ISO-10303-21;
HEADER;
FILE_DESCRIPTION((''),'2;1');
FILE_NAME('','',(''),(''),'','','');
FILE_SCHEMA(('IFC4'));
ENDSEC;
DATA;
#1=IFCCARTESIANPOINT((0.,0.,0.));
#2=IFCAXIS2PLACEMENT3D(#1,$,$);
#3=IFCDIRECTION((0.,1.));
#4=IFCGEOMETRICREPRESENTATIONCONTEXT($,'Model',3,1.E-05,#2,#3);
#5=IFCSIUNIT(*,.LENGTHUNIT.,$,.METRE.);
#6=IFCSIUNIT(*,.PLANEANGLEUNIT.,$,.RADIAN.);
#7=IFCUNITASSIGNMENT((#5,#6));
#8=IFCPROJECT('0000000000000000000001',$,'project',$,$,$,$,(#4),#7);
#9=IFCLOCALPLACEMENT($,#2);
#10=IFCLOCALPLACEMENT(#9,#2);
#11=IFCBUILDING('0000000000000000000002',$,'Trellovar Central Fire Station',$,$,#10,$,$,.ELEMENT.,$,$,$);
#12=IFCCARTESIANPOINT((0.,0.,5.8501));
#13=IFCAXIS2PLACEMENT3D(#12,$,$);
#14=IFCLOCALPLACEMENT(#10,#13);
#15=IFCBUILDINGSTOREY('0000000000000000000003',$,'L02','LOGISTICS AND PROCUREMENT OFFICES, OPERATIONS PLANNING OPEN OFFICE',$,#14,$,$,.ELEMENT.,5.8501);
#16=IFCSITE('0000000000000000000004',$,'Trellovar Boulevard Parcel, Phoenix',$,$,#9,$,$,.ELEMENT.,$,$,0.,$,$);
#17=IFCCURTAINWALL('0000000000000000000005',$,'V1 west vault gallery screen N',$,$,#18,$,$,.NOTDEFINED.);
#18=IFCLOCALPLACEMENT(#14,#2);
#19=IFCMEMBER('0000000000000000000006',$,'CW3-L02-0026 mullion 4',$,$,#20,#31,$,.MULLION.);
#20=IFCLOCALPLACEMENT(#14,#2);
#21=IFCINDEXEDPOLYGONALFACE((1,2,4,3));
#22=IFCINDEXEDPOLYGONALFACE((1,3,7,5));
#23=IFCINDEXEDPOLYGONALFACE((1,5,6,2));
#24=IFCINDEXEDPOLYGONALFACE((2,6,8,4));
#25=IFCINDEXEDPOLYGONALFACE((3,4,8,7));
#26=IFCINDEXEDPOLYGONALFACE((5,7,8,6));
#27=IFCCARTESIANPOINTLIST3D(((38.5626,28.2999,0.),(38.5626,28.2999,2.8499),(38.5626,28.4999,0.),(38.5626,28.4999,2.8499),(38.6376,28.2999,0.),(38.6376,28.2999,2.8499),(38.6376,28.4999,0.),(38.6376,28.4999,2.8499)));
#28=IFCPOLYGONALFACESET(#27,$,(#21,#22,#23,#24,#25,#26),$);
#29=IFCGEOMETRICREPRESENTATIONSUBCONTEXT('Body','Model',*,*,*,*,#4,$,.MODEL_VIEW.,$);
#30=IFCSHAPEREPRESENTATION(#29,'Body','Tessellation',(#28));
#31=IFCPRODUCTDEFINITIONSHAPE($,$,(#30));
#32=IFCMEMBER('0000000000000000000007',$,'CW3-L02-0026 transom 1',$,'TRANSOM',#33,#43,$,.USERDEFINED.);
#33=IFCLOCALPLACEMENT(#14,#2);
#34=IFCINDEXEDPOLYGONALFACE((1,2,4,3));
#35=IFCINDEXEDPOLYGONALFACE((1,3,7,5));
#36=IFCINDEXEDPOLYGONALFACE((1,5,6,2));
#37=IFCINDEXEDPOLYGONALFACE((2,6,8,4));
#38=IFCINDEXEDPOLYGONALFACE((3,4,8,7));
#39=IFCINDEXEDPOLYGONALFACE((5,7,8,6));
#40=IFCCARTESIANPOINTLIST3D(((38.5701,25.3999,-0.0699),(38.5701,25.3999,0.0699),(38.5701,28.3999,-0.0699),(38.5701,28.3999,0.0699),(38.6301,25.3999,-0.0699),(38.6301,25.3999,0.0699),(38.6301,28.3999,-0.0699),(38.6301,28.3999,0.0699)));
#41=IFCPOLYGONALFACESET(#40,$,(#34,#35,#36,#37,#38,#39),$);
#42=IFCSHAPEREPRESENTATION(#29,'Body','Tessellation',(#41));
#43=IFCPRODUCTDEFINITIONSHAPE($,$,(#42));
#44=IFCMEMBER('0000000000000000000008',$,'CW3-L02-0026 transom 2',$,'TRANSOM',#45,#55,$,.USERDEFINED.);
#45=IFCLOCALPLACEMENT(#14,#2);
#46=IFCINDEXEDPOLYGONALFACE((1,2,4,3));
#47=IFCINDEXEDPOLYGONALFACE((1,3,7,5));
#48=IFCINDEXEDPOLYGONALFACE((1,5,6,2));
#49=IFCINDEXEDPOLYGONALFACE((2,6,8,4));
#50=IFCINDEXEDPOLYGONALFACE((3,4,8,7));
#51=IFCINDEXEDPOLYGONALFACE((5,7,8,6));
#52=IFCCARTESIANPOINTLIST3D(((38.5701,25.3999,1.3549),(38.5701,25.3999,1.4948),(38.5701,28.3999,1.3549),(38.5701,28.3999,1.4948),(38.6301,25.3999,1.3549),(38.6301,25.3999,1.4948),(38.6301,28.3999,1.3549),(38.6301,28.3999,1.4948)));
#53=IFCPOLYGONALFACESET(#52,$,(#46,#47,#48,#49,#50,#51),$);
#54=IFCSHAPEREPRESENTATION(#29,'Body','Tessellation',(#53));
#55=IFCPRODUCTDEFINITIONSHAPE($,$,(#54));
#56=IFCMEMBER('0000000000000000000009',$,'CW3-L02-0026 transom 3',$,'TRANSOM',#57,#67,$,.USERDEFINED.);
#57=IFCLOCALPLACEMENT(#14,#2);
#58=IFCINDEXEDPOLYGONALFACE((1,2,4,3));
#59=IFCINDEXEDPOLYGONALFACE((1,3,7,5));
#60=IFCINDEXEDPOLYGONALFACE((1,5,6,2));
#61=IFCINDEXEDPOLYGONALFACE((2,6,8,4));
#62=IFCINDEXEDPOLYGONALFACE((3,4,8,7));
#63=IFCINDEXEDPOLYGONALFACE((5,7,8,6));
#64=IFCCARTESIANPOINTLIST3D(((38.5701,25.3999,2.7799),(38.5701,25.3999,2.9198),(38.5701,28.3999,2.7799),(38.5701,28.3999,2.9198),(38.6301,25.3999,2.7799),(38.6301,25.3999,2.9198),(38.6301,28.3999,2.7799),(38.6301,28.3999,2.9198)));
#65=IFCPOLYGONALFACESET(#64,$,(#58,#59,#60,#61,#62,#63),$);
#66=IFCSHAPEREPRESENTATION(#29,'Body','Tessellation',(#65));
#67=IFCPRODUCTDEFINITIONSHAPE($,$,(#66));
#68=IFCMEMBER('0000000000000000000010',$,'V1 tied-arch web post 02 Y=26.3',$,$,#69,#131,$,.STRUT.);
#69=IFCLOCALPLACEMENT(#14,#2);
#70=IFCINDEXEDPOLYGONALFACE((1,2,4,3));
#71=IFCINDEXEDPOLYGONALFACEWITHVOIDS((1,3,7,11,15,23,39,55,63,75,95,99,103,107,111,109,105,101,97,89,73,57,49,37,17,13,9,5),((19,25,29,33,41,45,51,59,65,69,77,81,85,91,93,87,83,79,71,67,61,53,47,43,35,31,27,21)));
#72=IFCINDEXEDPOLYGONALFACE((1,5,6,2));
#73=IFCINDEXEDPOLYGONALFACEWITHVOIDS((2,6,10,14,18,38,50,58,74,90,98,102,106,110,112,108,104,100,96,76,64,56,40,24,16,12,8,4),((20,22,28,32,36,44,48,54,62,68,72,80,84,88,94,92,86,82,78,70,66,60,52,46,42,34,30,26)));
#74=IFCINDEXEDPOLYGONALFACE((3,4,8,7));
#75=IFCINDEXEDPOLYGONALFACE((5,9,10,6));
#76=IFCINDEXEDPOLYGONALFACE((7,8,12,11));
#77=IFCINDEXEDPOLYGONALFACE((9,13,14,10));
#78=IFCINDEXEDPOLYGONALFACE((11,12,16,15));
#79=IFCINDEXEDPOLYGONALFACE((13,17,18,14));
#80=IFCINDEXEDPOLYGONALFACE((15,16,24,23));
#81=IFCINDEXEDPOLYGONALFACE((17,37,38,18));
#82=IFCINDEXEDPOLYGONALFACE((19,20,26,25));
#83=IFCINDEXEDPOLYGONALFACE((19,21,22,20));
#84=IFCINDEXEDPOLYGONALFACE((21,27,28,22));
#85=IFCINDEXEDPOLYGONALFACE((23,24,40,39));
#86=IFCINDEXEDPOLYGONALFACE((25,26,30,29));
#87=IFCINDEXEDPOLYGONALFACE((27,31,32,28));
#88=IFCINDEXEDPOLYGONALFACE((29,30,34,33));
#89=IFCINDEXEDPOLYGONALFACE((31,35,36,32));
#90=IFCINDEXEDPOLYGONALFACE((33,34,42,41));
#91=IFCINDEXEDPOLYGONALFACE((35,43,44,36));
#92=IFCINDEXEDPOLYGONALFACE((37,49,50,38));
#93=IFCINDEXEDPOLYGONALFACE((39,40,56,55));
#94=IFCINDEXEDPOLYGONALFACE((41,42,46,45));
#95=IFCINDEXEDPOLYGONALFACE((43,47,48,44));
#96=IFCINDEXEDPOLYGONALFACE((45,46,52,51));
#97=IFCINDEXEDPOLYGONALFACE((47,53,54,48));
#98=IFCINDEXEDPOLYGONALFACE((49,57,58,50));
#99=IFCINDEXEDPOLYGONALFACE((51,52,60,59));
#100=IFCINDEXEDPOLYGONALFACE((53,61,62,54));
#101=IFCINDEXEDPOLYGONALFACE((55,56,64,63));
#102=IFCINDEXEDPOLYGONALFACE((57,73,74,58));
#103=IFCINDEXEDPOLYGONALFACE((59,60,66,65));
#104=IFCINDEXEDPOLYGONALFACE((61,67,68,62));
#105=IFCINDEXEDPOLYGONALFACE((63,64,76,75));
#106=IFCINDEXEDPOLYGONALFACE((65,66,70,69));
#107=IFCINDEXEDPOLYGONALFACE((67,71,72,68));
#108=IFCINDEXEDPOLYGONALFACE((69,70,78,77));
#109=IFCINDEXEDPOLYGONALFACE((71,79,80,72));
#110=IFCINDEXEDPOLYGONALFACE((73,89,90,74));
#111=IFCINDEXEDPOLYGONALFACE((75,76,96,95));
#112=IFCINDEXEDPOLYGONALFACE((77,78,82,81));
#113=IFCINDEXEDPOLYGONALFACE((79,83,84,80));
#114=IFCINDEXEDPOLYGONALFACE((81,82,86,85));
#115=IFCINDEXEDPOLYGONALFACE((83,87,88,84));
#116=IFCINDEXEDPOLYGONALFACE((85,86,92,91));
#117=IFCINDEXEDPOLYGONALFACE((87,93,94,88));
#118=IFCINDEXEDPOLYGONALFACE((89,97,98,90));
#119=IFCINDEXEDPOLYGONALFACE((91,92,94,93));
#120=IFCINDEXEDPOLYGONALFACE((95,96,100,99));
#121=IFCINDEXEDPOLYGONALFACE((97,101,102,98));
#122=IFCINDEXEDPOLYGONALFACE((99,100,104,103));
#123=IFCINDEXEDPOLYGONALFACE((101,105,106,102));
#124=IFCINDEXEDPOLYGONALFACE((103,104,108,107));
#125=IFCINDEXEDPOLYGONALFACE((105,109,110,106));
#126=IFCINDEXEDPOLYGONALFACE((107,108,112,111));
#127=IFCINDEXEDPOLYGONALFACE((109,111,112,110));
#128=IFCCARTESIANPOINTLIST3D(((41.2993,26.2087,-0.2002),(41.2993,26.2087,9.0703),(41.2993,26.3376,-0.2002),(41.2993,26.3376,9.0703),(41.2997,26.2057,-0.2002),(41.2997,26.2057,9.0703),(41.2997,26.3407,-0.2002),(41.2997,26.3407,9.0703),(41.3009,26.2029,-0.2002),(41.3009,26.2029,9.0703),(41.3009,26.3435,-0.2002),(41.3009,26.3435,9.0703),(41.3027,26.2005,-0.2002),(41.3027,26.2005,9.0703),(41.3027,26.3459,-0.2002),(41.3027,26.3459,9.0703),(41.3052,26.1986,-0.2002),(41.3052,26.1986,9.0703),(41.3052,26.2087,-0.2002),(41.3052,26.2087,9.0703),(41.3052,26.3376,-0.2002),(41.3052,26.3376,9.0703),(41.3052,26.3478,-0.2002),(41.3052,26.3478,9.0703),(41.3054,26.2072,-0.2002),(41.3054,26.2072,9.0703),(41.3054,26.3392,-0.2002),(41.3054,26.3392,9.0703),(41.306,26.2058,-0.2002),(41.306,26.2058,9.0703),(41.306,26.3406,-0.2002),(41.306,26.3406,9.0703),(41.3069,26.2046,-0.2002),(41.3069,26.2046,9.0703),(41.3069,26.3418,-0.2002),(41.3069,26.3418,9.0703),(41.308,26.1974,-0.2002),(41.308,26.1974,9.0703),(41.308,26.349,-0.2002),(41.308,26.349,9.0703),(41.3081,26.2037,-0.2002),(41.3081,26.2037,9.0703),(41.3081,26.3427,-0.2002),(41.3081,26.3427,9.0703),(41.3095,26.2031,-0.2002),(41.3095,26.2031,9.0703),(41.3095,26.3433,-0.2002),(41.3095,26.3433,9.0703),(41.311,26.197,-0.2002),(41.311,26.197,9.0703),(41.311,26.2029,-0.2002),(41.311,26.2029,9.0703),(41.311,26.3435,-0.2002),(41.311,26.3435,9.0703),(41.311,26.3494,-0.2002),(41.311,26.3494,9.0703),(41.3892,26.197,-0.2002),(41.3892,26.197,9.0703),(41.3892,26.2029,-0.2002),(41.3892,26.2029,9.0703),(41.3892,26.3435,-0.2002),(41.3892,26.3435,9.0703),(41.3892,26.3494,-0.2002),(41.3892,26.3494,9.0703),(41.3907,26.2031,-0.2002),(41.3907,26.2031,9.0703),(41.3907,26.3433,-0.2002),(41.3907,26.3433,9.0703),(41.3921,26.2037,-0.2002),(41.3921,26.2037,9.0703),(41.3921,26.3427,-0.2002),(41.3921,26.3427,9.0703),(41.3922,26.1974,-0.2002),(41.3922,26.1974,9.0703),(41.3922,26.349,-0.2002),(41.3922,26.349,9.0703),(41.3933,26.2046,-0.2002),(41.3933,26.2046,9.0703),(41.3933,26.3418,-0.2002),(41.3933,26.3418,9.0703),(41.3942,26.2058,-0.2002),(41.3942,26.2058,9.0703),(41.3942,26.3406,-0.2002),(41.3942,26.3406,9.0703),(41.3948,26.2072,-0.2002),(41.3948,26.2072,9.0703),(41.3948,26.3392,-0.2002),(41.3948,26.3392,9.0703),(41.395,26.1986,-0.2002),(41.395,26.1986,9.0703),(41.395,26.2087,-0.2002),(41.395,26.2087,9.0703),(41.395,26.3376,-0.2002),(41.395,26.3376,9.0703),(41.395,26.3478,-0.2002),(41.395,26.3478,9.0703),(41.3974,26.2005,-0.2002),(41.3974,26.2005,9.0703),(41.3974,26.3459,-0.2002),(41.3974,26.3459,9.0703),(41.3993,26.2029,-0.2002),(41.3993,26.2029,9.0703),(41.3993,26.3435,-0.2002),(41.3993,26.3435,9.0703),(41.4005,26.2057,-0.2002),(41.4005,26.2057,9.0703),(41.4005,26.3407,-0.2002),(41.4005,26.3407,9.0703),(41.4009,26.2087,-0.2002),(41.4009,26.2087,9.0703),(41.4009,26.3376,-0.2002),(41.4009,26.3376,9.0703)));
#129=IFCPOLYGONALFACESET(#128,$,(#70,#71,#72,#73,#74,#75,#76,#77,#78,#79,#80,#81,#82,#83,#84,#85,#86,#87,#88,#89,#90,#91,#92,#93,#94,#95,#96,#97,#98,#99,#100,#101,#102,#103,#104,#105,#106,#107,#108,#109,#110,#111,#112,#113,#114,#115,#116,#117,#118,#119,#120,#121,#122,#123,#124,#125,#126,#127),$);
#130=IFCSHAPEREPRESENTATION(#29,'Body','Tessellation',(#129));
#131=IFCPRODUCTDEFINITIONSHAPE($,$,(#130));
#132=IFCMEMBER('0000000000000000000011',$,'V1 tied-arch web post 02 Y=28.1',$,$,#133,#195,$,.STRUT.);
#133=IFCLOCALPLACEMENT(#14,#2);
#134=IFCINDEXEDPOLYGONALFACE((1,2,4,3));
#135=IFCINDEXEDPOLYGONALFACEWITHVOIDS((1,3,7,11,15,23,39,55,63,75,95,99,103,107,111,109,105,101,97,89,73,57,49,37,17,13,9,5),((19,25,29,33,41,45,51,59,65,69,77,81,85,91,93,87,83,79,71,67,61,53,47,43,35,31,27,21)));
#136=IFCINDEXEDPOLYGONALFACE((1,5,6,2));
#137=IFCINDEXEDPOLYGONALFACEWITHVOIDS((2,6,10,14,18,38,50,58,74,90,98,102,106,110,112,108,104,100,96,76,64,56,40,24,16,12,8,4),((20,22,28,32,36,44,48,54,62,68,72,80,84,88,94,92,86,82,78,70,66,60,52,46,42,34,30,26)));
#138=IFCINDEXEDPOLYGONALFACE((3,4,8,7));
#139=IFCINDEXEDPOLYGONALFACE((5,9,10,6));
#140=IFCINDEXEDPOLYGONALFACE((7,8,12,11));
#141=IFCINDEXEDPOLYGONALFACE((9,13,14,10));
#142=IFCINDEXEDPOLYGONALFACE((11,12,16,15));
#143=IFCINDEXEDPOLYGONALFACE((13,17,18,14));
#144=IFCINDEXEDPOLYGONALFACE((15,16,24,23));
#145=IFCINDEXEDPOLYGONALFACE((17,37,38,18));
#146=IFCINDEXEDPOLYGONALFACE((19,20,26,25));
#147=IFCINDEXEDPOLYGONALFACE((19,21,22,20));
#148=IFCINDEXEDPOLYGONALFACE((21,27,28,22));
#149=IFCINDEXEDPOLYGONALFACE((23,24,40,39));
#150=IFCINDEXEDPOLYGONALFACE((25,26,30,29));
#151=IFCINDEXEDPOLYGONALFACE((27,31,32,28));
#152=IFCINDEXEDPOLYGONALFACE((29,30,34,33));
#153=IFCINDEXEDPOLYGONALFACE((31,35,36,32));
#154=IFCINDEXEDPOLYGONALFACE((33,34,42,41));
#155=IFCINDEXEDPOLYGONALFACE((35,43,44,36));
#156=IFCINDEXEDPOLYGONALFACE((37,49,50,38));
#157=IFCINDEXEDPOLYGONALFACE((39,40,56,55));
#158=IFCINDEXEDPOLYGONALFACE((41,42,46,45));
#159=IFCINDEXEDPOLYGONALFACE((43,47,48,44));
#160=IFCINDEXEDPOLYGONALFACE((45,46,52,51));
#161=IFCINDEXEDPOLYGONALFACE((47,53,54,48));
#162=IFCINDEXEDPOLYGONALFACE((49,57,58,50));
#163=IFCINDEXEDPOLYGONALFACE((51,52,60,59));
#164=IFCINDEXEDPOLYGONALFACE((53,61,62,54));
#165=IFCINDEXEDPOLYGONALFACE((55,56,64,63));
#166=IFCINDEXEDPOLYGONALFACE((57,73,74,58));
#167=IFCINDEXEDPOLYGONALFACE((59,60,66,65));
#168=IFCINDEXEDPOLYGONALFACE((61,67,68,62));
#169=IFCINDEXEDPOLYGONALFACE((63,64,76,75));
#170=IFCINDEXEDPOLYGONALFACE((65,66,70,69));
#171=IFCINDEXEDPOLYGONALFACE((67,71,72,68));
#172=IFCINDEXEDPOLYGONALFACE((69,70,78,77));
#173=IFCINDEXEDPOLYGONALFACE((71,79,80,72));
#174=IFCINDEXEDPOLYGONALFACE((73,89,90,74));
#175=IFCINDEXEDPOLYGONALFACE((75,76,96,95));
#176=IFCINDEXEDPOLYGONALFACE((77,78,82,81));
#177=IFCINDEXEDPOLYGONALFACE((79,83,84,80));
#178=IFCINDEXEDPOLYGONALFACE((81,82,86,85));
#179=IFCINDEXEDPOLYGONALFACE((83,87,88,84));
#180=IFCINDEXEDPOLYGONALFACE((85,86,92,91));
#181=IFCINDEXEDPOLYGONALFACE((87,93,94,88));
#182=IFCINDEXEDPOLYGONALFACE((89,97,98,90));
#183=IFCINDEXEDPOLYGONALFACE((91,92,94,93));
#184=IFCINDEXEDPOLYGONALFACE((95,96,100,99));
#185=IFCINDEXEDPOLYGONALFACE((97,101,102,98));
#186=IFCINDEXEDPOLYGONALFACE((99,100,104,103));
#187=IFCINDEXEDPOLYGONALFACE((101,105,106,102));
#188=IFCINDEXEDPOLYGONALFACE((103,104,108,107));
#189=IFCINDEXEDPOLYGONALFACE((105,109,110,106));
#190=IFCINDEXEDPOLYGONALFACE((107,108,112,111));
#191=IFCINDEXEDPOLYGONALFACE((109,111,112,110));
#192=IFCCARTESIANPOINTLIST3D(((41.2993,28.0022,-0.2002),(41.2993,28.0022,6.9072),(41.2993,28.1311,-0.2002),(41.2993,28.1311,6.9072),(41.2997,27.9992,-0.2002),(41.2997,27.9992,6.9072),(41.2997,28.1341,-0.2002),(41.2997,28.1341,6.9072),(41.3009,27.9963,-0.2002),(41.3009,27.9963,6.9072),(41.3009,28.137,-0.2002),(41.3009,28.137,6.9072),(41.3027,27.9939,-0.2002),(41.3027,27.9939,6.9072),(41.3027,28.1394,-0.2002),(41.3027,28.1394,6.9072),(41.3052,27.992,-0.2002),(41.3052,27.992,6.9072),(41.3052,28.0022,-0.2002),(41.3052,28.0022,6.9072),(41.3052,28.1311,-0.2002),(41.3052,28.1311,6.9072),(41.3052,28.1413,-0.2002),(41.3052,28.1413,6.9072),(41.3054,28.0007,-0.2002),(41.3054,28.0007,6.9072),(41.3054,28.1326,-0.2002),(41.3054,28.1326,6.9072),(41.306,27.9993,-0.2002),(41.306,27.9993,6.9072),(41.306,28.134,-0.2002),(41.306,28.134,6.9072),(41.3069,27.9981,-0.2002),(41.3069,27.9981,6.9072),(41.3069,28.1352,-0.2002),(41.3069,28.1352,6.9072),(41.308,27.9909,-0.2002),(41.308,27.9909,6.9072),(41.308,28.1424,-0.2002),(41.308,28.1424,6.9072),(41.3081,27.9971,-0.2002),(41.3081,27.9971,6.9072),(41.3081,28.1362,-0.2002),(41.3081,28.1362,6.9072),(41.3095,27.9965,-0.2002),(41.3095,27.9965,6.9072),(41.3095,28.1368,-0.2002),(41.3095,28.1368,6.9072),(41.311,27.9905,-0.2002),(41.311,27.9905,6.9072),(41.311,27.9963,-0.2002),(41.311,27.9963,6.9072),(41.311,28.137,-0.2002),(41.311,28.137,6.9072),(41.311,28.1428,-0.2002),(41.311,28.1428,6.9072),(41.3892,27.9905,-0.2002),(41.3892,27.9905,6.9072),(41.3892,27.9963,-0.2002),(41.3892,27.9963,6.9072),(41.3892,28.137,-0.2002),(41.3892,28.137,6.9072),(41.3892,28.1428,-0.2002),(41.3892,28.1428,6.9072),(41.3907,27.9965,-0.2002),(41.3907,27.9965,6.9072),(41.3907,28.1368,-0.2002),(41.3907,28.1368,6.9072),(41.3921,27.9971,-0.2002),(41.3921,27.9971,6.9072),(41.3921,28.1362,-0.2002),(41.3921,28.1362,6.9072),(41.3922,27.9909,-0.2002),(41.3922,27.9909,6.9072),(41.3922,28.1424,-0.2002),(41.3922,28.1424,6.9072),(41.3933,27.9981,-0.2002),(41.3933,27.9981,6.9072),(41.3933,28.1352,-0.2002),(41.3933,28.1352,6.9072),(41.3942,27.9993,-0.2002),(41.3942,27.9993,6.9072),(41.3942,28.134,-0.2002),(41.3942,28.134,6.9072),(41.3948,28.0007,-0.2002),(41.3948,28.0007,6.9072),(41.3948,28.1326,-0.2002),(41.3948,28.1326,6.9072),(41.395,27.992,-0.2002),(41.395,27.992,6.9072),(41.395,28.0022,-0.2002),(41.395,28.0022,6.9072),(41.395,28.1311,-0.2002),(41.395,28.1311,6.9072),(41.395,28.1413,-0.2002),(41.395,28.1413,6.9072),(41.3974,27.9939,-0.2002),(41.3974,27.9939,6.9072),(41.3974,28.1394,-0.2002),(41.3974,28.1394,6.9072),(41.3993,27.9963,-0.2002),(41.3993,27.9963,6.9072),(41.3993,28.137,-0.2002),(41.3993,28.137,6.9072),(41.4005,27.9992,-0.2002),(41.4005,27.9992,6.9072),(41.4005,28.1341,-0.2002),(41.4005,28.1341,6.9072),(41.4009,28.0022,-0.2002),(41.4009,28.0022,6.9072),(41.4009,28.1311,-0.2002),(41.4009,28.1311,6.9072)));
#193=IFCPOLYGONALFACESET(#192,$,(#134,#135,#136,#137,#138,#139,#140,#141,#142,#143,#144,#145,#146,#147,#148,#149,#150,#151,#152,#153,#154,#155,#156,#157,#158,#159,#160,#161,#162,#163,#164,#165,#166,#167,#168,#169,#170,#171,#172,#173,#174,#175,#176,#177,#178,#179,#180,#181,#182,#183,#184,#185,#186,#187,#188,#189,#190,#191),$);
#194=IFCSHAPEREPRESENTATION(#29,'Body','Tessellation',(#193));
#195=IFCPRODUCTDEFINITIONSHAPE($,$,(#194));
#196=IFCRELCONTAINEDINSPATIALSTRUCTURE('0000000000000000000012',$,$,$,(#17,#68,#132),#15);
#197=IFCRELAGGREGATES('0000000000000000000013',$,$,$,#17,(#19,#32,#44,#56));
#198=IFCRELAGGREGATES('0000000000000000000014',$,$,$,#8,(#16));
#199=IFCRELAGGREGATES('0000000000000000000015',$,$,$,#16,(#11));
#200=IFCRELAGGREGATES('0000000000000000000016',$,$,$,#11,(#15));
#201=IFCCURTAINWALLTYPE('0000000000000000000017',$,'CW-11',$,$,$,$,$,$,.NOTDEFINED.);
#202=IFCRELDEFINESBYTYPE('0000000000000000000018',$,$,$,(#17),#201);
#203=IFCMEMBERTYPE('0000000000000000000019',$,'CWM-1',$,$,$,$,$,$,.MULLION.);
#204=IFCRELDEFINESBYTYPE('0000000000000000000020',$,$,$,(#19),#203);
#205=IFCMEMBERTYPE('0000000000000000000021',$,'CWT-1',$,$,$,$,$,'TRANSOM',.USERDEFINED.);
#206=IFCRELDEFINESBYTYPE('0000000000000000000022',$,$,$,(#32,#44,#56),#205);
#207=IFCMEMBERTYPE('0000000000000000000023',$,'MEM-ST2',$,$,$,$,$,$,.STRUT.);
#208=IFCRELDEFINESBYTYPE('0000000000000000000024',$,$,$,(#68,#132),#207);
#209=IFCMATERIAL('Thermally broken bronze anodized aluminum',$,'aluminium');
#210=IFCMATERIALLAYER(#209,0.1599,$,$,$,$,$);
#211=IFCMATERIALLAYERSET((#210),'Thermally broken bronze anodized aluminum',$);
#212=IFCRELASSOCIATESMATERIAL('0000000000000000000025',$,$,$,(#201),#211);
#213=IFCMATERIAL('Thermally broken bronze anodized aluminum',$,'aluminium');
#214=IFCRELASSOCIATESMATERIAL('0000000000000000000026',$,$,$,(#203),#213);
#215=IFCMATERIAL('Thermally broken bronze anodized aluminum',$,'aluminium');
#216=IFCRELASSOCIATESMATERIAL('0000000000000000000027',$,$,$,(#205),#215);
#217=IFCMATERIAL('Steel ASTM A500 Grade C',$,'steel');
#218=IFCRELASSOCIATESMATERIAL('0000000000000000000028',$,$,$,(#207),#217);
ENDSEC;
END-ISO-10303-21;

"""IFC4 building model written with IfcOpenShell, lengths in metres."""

from ifc_helpers import new_model, si_unit, direction, frame, origin, origin_2d, place, context, subcontext, project, spatial, rectangle, hollow_rectangle, extrude, material, layer, layer_set, material_profile, profile_set, type_object, element, aggregate, save


model = new_model("IFC4")

# Units and contexts
model_context = context("Model", 3, precision=1e-05, world=origin(), true_north=direction((0.0, 1.0)))
body_context = subcontext(model_context, "Body", "Model", "MODEL_VIEW")
ifc_project = project(units=[si_unit("LENGTHUNIT", "METRE"), si_unit("PLANEANGLEUNIT", "RADIAN")], contexts=[model_context])

# Site, building, storey
site_placement = place(None, origin())
site = spatial("IfcSite", under=ifc_project, at=site_placement, Name="Trellovar Boulevard Parcel, Phoenix", CompositionType="ELEMENT", RefElevation=0.0)
building_placement = place(site_placement, origin())
building = spatial("IfcBuilding", under=site, at=building_placement, Name="Trellovar Central Fire Station", CompositionType="ELEMENT")
storey_placement = place(building_placement, frame((0.0, 0.0, 5.8501)))
storey = spatial("IfcBuildingStorey", under=building, at=storey_placement, Name="L02", Description="LOGISTICS AND PROCUREMENT OFFICES, OPERATIONS PLANNING OPEN OFFICE", CompositionType="ELEMENT", Elevation=5.8501)

# Shared definitions
ifc_material_1 = material(Name="Thermally broken bronze anodized aluminum", Category="aluminium")
ifc_layer_1 = layer(ifc_material_1, 0.1599)
ifc_layer_set_1 = layer_set([ifc_layer_1], Name="Thermally broken bronze anodized aluminum")
curtain_wall_type = type_object("IfcCurtainWallType", Name="CW-11", PredefinedType="NOTDEFINED", material=ifc_layer_set_1)
ifc_material_2 = material(Name="Thermally broken bronze anodized aluminum", Category="aluminium")
ifc_material_profile_1 = material_profile(ifc_material_2, rectangle(XDim=0.075, YDim=0.2, at=origin_2d()), Name="ALU75X200")
ifc_profile_set_1 = profile_set([ifc_material_profile_1], Name="Thermally broken bronze anodized aluminum")
member_type_1 = type_object("IfcMemberType", Name="CWM-1", PredefinedType="MULLION", material=ifc_profile_set_1)

# Curtain wall, members
curtain_wall_1_placement = place(storey_placement, origin())
curtain_wall_1 = element("IfcCurtainWall", 1, at=curtain_wall_1_placement, inside=storey, type_object=curtain_wall_type, Name="V1 west vault gallery screen N", PredefinedType="NOTDEFINED")
member_1_placement = place(storey_placement, frame((38.6001, 28.3999, 0.0), z_axis=(0.0, 0.0, 1.0), x_axis=(1.0, 0.0, 0.0)))
member_1 = element("IfcMember", 2, at=member_1_placement, type_object=member_type_1, Name="CW3-L02-0026 mullion 4", PredefinedType="MULLION", context=body_context, shape_type="SweptSolid", body=[
    extrude(rectangle(XDim=0.075, YDim=0.2, at=origin_2d()), origin(), (0.0, 0.0, 1.0), 2.8499),
])
ifc_material_3 = material(Name="Thermally broken bronze anodized aluminum", Category="aluminium")
ifc_material_profile_2 = material_profile(ifc_material_3, rectangle(XDim=0.0601, YDim=0.1399, at=origin_2d()), Name="ALU60X140")
ifc_profile_set_2 = profile_set([ifc_material_profile_2], Name="Thermally broken bronze anodized aluminum")
member_type_2 = type_object("IfcMemberType", Name="CWT-1", ElementType="TRANSOM", PredefinedType="USERDEFINED", material=ifc_profile_set_2)
member_2_placement = place(storey_placement, frame((38.6001, 25.3999, 0.0), z_axis=(0.0, 1.0, 0.0), x_axis=(-1.0, 0.0, 0.0)))
member_2 = element("IfcMember", 3, at=member_2_placement, type_object=member_type_2, Name="CW3-L02-0026 transom 1", ObjectType="TRANSOM", PredefinedType="USERDEFINED", context=body_context, shape_type="SweptSolid", body=[
    extrude(rectangle(XDim=0.0601, YDim=0.1399, at=origin_2d()), origin(), (0.0, 0.0, 1.0), 3.0),
])
member_3_placement = place(storey_placement, frame((38.6001, 25.3999, 1.4248), z_axis=(0.0, 1.0, 0.0), x_axis=(-1.0, 0.0, 0.0)))
member_3 = element("IfcMember", 4, at=member_3_placement, type_object=member_type_2, Name="CW3-L02-0026 transom 2", ObjectType="TRANSOM", PredefinedType="USERDEFINED", context=body_context, shape_type="SweptSolid", body=[
    extrude(rectangle(XDim=0.0601, YDim=0.1399, at=origin_2d()), origin(), (0.0, 0.0, 1.0), 3.0),
])
member_4_placement = place(storey_placement, frame((38.6001, 25.3999, 2.8499), z_axis=(0.0, 1.0, 0.0), x_axis=(-1.0, 0.0, 0.0)))
member_4 = element("IfcMember", 5, at=member_4_placement, type_object=member_type_2, Name="CW3-L02-0026 transom 3", ObjectType="TRANSOM", PredefinedType="USERDEFINED", context=body_context, shape_type="SweptSolid", body=[
    extrude(rectangle(XDim=0.0601, YDim=0.1399, at=origin_2d()), origin(), (0.0, 0.0, 1.0), 3.0),
])

# Members
ifc_material_4 = material(Name="Steel ASTM A500 Grade C", Category="steel")
ifc_material_profile_3 = material_profile(ifc_material_4, hollow_rectangle(XDim=0.1016, YDim=0.1523, WallThickness=0.0059, InnerFilletRadius=0.0059, OuterFilletRadius=0.0117, at=origin_2d()), Name="HSS6X4X1/4")
ifc_profile_set_3 = profile_set([ifc_material_profile_3], Name="Steel ASTM A500 Grade C")
member_type_3 = type_object("IfcMemberType", Name="MEM-ST2", PredefinedType="STRUT", material=ifc_profile_set_3)
member_5_placement = place(storey_placement, frame((41.3501, 26.2732, -0.2002), z_axis=(0.0, 0.0, 1.0), x_axis=(1.0, 0.0, 0.0)))
element("IfcMember", 6, at=member_5_placement, inside=storey, type_object=member_type_3, Name="V1 tied-arch web post 02 Y=26.3", PredefinedType="STRUT", context=body_context, shape_type="SweptSolid", body=[
    extrude(hollow_rectangle(XDim=0.1016, YDim=0.1523, WallThickness=0.0059, InnerFilletRadius=0.0059, OuterFilletRadius=0.0117, at=origin_2d()), origin(), (0.0, 0.0, 1.0), 9.2705),
])
member_6_placement = place(storey_placement, frame((41.3501, 28.0667, -0.2002), z_axis=(0.0, 0.0, 1.0), x_axis=(1.0, 0.0, 0.0)))
element("IfcMember", 7, at=member_6_placement, inside=storey, type_object=member_type_3, Name="V1 tied-arch web post 02 Y=28.1", PredefinedType="STRUT", context=body_context, shape_type="SweptSolid", body=[
    extrude(hollow_rectangle(XDim=0.1016, YDim=0.1523, WallThickness=0.0059, InnerFilletRadius=0.0059, OuterFilletRadius=0.0117, at=origin_2d()), origin(), (0.0, 0.0, 1.0), 7.1074),
])

aggregate(curtain_wall_1, [member_1, member_2, member_3, member_4])

save(model, "model.ifc")
